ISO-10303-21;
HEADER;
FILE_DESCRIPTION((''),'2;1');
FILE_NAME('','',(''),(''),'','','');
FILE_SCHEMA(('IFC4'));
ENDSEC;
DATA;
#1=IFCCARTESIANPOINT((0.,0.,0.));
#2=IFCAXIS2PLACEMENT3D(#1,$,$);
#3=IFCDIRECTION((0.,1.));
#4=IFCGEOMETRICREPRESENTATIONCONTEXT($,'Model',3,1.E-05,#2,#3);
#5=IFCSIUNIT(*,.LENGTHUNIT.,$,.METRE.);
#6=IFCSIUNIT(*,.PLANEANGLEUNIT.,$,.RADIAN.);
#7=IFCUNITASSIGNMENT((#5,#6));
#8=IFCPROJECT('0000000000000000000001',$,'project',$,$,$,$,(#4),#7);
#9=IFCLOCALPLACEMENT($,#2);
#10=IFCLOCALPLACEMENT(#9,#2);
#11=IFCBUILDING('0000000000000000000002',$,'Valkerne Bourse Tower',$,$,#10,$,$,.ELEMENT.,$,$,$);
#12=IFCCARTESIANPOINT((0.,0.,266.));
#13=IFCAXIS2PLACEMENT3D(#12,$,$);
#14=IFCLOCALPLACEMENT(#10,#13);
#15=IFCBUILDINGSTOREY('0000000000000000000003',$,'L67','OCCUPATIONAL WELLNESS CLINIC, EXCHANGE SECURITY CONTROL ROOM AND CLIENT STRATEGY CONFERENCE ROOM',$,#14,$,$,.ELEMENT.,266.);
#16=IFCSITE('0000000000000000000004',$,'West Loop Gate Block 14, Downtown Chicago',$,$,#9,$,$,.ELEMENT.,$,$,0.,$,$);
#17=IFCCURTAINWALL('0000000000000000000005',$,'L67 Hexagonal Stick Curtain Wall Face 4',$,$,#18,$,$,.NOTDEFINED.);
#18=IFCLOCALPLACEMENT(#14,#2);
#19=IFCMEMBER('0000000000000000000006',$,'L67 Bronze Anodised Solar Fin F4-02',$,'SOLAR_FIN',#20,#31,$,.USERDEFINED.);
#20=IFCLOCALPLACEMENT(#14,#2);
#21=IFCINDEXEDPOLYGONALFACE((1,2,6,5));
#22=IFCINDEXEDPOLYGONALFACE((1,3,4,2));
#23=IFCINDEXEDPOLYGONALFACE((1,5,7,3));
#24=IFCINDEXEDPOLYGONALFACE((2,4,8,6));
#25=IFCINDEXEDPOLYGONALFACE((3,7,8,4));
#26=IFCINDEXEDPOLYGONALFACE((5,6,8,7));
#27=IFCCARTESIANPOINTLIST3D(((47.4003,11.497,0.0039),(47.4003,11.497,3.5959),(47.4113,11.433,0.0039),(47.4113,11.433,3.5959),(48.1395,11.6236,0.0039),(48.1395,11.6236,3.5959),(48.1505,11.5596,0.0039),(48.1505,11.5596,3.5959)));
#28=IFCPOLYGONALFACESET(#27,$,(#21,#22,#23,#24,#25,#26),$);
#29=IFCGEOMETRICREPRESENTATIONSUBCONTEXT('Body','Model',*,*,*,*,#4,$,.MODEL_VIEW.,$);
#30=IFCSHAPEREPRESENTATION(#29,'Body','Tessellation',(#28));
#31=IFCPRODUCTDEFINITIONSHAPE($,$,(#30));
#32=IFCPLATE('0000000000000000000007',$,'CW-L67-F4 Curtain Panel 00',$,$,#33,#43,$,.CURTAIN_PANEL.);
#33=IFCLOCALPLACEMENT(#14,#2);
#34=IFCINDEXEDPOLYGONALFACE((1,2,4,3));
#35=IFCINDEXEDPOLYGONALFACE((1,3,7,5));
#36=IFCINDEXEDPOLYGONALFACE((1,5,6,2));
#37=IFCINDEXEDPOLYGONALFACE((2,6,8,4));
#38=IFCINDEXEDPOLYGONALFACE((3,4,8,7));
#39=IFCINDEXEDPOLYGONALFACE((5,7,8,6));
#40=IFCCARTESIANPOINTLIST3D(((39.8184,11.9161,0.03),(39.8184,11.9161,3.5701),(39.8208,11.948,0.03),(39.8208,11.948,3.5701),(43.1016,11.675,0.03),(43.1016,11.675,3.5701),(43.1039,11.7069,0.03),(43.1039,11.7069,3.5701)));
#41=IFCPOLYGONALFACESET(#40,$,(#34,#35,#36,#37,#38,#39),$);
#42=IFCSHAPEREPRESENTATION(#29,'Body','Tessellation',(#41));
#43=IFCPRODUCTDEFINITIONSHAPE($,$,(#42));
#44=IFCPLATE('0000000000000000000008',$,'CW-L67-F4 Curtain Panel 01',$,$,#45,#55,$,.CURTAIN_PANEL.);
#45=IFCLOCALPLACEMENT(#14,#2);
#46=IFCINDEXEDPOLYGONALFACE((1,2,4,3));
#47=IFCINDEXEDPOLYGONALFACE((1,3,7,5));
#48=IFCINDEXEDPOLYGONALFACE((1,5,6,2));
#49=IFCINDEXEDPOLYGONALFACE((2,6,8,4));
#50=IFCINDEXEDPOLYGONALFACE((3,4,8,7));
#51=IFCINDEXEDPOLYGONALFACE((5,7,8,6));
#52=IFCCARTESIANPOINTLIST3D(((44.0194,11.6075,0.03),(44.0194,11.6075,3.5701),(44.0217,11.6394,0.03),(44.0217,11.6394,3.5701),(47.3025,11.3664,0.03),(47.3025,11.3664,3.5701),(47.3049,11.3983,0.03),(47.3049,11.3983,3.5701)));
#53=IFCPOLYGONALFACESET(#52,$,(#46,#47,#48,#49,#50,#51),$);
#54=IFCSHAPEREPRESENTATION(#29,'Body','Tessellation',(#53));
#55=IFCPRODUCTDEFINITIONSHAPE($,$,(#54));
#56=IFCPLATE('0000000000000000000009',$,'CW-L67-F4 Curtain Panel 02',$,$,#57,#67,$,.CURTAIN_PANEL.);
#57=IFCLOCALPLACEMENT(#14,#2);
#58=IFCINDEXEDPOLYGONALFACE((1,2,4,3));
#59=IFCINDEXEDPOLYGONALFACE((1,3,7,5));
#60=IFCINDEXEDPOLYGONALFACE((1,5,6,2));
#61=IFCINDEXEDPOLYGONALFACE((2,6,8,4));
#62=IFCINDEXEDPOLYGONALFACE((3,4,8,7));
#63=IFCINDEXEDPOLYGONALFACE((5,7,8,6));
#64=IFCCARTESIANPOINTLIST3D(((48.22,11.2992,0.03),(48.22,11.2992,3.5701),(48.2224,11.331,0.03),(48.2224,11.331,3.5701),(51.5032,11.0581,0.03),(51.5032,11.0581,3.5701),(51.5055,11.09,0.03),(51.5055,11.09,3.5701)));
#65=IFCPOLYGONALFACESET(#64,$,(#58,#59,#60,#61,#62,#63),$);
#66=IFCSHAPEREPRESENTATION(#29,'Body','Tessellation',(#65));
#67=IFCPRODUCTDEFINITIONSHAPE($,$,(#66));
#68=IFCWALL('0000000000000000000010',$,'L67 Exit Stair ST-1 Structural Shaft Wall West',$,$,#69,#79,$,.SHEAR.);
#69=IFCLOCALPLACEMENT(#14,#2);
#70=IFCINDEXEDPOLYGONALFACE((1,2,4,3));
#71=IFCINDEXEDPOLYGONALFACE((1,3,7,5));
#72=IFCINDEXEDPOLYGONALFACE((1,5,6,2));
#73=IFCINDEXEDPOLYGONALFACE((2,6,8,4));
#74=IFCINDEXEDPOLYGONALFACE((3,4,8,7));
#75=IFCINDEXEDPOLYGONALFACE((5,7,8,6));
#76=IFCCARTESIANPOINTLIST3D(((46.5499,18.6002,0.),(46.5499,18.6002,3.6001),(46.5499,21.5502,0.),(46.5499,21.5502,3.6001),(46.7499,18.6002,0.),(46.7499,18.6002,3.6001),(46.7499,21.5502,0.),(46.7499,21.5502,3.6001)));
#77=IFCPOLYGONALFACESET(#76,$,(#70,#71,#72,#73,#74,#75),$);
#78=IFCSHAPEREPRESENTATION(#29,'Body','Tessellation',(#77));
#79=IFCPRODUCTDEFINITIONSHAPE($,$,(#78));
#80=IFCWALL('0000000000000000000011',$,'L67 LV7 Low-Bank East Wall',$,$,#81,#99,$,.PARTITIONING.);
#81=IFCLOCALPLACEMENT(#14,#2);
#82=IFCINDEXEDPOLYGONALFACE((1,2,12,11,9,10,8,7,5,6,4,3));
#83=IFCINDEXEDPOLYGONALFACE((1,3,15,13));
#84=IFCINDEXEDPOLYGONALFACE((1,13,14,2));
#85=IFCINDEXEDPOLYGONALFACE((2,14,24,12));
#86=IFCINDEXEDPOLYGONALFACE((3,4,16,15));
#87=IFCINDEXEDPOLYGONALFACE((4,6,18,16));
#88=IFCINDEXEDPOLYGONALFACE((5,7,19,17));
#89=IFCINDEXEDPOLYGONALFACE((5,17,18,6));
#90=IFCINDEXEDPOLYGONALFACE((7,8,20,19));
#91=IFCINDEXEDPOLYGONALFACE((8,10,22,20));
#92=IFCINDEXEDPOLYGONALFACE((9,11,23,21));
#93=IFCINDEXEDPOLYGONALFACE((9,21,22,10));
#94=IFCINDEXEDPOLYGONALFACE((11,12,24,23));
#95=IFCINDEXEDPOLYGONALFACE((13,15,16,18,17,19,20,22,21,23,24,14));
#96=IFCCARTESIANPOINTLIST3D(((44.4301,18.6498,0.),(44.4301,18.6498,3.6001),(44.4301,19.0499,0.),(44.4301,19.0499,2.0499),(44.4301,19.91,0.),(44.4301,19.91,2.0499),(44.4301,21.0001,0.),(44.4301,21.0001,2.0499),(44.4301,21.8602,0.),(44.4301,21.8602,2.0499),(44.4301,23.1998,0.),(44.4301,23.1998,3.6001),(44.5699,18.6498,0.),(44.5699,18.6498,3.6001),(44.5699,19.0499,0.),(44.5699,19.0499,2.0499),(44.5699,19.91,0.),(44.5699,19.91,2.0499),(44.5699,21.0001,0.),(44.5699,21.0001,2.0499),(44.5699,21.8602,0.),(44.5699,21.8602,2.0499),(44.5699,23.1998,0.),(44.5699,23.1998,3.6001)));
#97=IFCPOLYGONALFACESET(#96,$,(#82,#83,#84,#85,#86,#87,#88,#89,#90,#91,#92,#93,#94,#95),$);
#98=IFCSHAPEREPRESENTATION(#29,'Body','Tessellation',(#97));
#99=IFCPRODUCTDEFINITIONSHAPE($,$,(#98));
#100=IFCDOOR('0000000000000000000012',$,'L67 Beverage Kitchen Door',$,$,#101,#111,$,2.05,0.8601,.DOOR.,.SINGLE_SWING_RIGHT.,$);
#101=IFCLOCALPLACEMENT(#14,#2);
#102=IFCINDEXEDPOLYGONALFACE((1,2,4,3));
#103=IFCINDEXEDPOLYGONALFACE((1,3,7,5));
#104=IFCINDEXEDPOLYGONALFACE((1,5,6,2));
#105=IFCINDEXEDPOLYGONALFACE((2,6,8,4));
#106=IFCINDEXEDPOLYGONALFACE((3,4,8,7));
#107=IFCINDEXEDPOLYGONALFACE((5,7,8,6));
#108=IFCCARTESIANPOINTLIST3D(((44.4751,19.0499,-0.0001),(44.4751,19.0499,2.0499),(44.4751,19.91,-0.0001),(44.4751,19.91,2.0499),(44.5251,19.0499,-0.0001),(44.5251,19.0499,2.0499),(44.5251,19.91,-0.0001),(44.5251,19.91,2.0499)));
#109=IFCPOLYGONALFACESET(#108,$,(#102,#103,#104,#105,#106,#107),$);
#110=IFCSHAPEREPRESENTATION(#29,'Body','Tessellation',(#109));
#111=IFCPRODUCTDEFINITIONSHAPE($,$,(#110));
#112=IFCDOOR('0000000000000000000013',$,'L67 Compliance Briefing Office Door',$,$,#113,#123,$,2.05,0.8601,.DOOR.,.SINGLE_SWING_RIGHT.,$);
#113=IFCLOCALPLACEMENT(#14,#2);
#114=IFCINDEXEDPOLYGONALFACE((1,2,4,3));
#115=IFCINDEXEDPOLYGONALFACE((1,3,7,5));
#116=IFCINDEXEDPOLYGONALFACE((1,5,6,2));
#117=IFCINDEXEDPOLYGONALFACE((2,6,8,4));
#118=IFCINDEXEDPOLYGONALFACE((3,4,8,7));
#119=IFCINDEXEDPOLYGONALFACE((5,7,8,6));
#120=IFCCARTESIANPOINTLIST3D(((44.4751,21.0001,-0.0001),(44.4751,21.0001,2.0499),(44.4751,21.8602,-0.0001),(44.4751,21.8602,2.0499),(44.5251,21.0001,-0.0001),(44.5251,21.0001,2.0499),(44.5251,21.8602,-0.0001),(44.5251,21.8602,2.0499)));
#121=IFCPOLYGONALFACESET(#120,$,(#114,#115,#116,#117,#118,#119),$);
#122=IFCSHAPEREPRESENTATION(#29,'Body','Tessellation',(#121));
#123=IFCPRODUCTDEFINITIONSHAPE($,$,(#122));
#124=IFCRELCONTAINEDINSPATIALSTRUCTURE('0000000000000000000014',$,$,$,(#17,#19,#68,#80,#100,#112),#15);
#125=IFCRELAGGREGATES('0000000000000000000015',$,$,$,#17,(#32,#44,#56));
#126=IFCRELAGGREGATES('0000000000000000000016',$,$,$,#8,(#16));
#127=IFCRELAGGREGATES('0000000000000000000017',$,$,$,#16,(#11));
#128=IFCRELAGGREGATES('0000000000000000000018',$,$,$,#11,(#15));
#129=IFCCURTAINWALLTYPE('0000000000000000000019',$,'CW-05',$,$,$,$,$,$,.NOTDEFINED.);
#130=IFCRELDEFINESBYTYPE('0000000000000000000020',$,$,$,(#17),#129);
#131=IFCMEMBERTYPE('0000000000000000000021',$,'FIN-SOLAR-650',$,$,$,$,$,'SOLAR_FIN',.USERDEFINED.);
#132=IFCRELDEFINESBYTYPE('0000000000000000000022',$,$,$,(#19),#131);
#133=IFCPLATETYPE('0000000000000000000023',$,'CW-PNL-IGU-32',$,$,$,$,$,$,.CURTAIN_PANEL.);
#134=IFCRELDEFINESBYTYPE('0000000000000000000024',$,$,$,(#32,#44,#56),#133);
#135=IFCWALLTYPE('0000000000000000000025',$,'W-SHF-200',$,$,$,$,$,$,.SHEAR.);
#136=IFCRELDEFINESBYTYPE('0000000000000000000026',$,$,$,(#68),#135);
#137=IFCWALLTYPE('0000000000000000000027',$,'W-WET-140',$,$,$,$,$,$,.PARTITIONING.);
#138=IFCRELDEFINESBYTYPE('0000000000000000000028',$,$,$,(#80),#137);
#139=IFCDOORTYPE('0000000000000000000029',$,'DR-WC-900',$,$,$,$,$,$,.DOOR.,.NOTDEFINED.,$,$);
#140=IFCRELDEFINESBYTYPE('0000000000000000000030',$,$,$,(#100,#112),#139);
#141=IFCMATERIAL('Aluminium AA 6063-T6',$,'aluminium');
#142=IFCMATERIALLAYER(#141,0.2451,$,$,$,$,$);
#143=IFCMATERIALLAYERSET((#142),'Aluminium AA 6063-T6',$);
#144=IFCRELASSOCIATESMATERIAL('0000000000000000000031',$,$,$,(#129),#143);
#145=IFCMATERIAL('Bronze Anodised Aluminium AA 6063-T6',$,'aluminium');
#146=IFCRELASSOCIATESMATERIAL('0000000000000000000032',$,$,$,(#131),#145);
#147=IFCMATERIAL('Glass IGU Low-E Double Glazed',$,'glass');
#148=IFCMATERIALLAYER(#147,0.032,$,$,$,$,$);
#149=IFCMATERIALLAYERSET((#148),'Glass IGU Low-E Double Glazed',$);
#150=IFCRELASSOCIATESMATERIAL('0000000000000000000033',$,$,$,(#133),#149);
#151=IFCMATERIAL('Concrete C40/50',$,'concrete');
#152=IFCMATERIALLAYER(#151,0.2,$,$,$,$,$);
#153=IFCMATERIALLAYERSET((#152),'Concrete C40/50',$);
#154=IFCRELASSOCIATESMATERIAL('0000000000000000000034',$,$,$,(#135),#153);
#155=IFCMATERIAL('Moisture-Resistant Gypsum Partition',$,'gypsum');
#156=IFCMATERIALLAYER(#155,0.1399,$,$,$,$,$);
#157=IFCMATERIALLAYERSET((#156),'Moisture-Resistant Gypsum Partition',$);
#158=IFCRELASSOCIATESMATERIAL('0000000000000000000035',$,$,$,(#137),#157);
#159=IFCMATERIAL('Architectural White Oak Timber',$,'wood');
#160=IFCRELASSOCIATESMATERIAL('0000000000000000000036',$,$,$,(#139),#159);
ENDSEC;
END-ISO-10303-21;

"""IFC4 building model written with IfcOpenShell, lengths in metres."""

from ifc_helpers import new_model, si_unit, direction, frame, frame_2d, origin, origin_2d, place, context, subcontext, project, spatial, rectangle, extrude, material, layer, layer_set, material_profile, profile_set, type_object, element, fill, aggregate, save


model = new_model("IFC4")

# Units and contexts
model_context = context("Model", 3, precision=1e-05, world=origin(), true_north=direction((0.0, 1.0)))
body_context = subcontext(model_context, "Body", "Model", "MODEL_VIEW")
ifc_project = project(units=[si_unit("LENGTHUNIT", "METRE"), si_unit("PLANEANGLEUNIT", "RADIAN")], contexts=[model_context])

# Site, building, storey
site_placement = place(None, origin())
site = spatial("IfcSite", under=ifc_project, at=site_placement, Name="West Loop Gate Block 14, Downtown Chicago", CompositionType="ELEMENT", RefElevation=0.0)
building_placement = place(site_placement, origin())
building = spatial("IfcBuilding", under=site, at=building_placement, Name="Valkerne Bourse Tower", CompositionType="ELEMENT")
storey_placement = place(building_placement, frame((0.0, 0.0, 266.0)))
storey = spatial("IfcBuildingStorey", under=building, at=storey_placement, Name="L67", Description="OCCUPATIONAL WELLNESS CLINIC, EXCHANGE SECURITY CONTROL ROOM AND CLIENT STRATEGY CONFERENCE ROOM", CompositionType="ELEMENT", Elevation=266.0)

# Curtain wall
ifc_material_1 = material(Name="Aluminium AA 6063-T6", Category="aluminium")
ifc_layer_1 = layer(ifc_material_1, 0.2451)
ifc_layer_set_1 = layer_set([ifc_layer_1], Name="Aluminium AA 6063-T6")
curtain_wall_type = type_object("IfcCurtainWallType", Name="CW-05", PredefinedType="NOTDEFINED", material=ifc_layer_set_1)
curtain_wall_placement = place(storey_placement, origin())
curtain_wall = element("IfcCurtainWall", 1, at=curtain_wall_placement, inside=storey, type_object=curtain_wall_type, Name="L67 Hexagonal Stick Curtain Wall Face 4", PredefinedType="NOTDEFINED")

# Member
ifc_material_2 = material(Name="Bronze Anodised Aluminium AA 6063-T6", Category="aluminium")
ifc_material_profile_1 = material_profile(ifc_material_2, rectangle(XDim=0.0649, YDim=0.75, at=origin_2d()), Name="FIN-65X750")
ifc_profile_set_1 = profile_set([ifc_material_profile_1], Name="Bronze Anodised Aluminium AA 6063-T6")
member_type_1 = type_object("IfcMemberType", Name="FIN-SOLAR-650", ElementType="SOLAR_FIN", PredefinedType="USERDEFINED", material=ifc_profile_set_1)
member_1_placement = place(storey_placement, frame((47.7754, 11.5283, 0.0039), z_axis=(0.0, 0.0, 1.0), x_axis=(0.168773, -0.985655, 0.0)))
element("IfcMember", 2, at=member_1_placement, inside=storey, type_object=member_type_1, Name="L67 Bronze Anodised Solar Fin F4-02", ObjectType="SOLAR_FIN", PredefinedType="USERDEFINED", context=body_context, shape_type="SweptSolid", body=[
    extrude(rectangle(XDim=0.0649, YDim=0.75, at=origin_2d()), origin(), (0.0, 0.0, 1.0), 3.592),
])

# Plates
ifc_material_3 = material(Name="Glass IGU Low-E Double Glazed", Category="glass")
ifc_layer_2 = layer(ifc_material_3, 0.032)
ifc_layer_set_2 = layer_set([ifc_layer_2], Name="Glass IGU Low-E Double Glazed")
plate_type = type_object("IfcPlateType", Name="CW-PNL-IGU-32", PredefinedType="CURTAIN_PANEL", material=ifc_layer_set_2)
plate_1_placement = place(storey_placement, frame((41.4612, 11.8115, 0.03), z_axis=(0.0, 0.0, 1.0), x_axis=(0.997314, -0.073243, 0.0)))
plate_1 = element("IfcPlate", 3, at=plate_1_placement, type_object=plate_type, Name="CW-L67-F4 Curtain Panel 00", PredefinedType="CURTAIN_PANEL", context=body_context, shape_type="SweptSolid", body=[
    extrude(rectangle(XDim=3.292, YDim=0.032, at=origin_2d()), origin(), (0.0, 0.0, 1.0), 3.54),
])
plate_2_placement = place(storey_placement, frame((45.6621, 11.5029, 0.03), z_axis=(0.0, 0.0, 1.0), x_axis=(0.997314, -0.073243, 0.0)))
plate_2 = element("IfcPlate", 4, at=plate_2_placement, type_object=plate_type, Name="CW-L67-F4 Curtain Panel 01", PredefinedType="CURTAIN_PANEL", context=body_context, shape_type="SweptSolid", body=[
    extrude(rectangle(XDim=3.292, YDim=0.032, at=origin_2d()), origin(), (0.0, 0.0, 1.0), 3.54),
])
plate_3_placement = place(storey_placement, frame((49.8628, 11.1946, 0.03), z_axis=(0.0, 0.0, 1.0), x_axis=(0.997316, -0.073219, 0.0)))
plate_3 = element("IfcPlate", 5, at=plate_3_placement, type_object=plate_type, Name="CW-L67-F4 Curtain Panel 02", PredefinedType="CURTAIN_PANEL", context=body_context, shape_type="SweptSolid", body=[
    extrude(rectangle(XDim=3.292, YDim=0.032, at=origin_2d()), origin(), (0.0, 0.0, 1.0), 3.54),
])
aggregate(curtain_wall, [plate_1, plate_2, plate_3])

# Wall
ifc_material_4 = material(Name="Concrete C40/50", Category="concrete")
ifc_layer_3 = layer(ifc_material_4, 0.2)
ifc_layer_set_3 = layer_set([ifc_layer_3], Name="Concrete C40/50")
wall_type_1 = type_object("IfcWallType", Name="W-SHF-200", PredefinedType="SHEAR", material=ifc_layer_set_3)
wall_1_placement = place(storey_placement, frame((46.6499, 18.6001, 0.0), z_axis=(0.0, 0.0, 1.0), x_axis=(0.0, 1.0, 0.0)))
element("IfcWall", 6, at=wall_1_placement, inside=storey, type_object=wall_type_1, Name="L67 Exit Stair ST-1 Structural Shaft Wall West", PredefinedType="SHEAR", context=body_context, shape_type="SweptSolid", body=[
    extrude(rectangle(XDim=2.95, YDim=0.2, at=frame_2d((1.4751, 0.0))), origin(), (0.0, 0.0, 1.0), 3.6001),
])

# Wall, openings, doors
ifc_material_5 = material(Name="Moisture-Resistant Gypsum Partition", Category="gypsum")
ifc_layer_4 = layer(ifc_material_5, 0.1399)
ifc_layer_set_4 = layer_set([ifc_layer_4], Name="Moisture-Resistant Gypsum Partition")
wall_type_2 = type_object("IfcWallType", Name="W-WET-140", PredefinedType="PARTITIONING", material=ifc_layer_set_4)
wall_2_placement = place(storey_placement, frame((44.5, 18.6499, 0.0), z_axis=(0.0, 0.0, 1.0), x_axis=(0.0, 1.0, 0.0)))
wall_2 = element("IfcWall", 7, at=wall_2_placement, inside=storey, type_object=wall_type_2, Name="L67 LV7 Low-Bank East Wall", PredefinedType="PARTITIONING", context=body_context, shape_type="SweptSolid", body=[
    extrude(rectangle(XDim=4.55, YDim=0.1399, at=frame_2d((2.2749, 0.0))), origin(), (0.0, 0.0, 1.0), 3.6001),
])
opening_1_placement = place(wall_2_placement, frame((0.3999, 0.0, 0.0)))
opening_1 = element("IfcOpeningElement", 8, at=opening_1_placement, cuts=wall_2, PredefinedType="OPENING", context=body_context, shape_type="SweptSolid", body=[
    extrude(rectangle(XDim=0.8601, YDim=2.05, at=frame_2d((0.4302, 1.0249))), frame((0.0, 0.0798, 0.0), z_axis=(0.0, -1.0, 0.0), x_axis=(1.0, 0.0, 0.0)), (0.0, 0.0, 1.0), 0.1599),
])
opening_2_placement = place(wall_2_placement, frame((2.3501, 0.0, 0.0)))
opening_2 = element("IfcOpeningElement", 9, at=opening_2_placement, cuts=wall_2, PredefinedType="OPENING", context=body_context, shape_type="SweptSolid", body=[
    extrude(rectangle(XDim=0.8601, YDim=2.05, at=frame_2d((0.4302, 1.0249))), frame((0.0, 0.0798, 0.0), z_axis=(0.0, -1.0, 0.0), x_axis=(1.0, 0.0, 0.0)), (0.0, 0.0, 1.0), 0.1599),
])
ifc_material_6 = material(Name="Architectural White Oak Timber", Category="wood")
door_type = type_object("IfcDoorType", Name="DR-WC-900", OperationType="NOTDEFINED", PredefinedType="DOOR", material=ifc_material_6)
door_1_placement = place(opening_1_placement, origin())
door_1 = element("IfcDoor", 10, at=door_1_placement, inside=storey, type_object=door_type, Name="L67 Beverage Kitchen Door", OperationType="SINGLE_SWING_RIGHT", OverallHeight=2.05, OverallWidth=0.8601, PredefinedType="DOOR", context=body_context, shape_type="SweptSolid", body=[
    extrude(rectangle(XDim=0.8601, YDim=2.05, at=frame_2d((0.4302, 1.0249))), frame((0.0, 0.0249, 0.0), z_axis=(0.0, -1.0, 0.0), x_axis=(1.0, 0.0, 0.0)), (0.0, 0.0, 1.0), 0.05),
])
fill(opening_1, door_1)
door_2_placement = place(opening_2_placement, origin())
door_2 = element("IfcDoor", 11, at=door_2_placement, inside=storey, type_object=door_type, Name="L67 Compliance Briefing Office Door", OperationType="SINGLE_SWING_RIGHT", OverallHeight=2.05, OverallWidth=0.8601, PredefinedType="DOOR", context=body_context, shape_type="SweptSolid", body=[
    extrude(rectangle(XDim=0.8601, YDim=2.05, at=frame_2d((0.4302, 1.0249))), frame((0.0, 0.0249, 0.0), z_axis=(0.0, -1.0, 0.0), x_axis=(1.0, 0.0, 0.0)), (0.0, 0.0, 1.0), 0.05),
])
fill(opening_2, door_2)

save(model, "model.ifc")
